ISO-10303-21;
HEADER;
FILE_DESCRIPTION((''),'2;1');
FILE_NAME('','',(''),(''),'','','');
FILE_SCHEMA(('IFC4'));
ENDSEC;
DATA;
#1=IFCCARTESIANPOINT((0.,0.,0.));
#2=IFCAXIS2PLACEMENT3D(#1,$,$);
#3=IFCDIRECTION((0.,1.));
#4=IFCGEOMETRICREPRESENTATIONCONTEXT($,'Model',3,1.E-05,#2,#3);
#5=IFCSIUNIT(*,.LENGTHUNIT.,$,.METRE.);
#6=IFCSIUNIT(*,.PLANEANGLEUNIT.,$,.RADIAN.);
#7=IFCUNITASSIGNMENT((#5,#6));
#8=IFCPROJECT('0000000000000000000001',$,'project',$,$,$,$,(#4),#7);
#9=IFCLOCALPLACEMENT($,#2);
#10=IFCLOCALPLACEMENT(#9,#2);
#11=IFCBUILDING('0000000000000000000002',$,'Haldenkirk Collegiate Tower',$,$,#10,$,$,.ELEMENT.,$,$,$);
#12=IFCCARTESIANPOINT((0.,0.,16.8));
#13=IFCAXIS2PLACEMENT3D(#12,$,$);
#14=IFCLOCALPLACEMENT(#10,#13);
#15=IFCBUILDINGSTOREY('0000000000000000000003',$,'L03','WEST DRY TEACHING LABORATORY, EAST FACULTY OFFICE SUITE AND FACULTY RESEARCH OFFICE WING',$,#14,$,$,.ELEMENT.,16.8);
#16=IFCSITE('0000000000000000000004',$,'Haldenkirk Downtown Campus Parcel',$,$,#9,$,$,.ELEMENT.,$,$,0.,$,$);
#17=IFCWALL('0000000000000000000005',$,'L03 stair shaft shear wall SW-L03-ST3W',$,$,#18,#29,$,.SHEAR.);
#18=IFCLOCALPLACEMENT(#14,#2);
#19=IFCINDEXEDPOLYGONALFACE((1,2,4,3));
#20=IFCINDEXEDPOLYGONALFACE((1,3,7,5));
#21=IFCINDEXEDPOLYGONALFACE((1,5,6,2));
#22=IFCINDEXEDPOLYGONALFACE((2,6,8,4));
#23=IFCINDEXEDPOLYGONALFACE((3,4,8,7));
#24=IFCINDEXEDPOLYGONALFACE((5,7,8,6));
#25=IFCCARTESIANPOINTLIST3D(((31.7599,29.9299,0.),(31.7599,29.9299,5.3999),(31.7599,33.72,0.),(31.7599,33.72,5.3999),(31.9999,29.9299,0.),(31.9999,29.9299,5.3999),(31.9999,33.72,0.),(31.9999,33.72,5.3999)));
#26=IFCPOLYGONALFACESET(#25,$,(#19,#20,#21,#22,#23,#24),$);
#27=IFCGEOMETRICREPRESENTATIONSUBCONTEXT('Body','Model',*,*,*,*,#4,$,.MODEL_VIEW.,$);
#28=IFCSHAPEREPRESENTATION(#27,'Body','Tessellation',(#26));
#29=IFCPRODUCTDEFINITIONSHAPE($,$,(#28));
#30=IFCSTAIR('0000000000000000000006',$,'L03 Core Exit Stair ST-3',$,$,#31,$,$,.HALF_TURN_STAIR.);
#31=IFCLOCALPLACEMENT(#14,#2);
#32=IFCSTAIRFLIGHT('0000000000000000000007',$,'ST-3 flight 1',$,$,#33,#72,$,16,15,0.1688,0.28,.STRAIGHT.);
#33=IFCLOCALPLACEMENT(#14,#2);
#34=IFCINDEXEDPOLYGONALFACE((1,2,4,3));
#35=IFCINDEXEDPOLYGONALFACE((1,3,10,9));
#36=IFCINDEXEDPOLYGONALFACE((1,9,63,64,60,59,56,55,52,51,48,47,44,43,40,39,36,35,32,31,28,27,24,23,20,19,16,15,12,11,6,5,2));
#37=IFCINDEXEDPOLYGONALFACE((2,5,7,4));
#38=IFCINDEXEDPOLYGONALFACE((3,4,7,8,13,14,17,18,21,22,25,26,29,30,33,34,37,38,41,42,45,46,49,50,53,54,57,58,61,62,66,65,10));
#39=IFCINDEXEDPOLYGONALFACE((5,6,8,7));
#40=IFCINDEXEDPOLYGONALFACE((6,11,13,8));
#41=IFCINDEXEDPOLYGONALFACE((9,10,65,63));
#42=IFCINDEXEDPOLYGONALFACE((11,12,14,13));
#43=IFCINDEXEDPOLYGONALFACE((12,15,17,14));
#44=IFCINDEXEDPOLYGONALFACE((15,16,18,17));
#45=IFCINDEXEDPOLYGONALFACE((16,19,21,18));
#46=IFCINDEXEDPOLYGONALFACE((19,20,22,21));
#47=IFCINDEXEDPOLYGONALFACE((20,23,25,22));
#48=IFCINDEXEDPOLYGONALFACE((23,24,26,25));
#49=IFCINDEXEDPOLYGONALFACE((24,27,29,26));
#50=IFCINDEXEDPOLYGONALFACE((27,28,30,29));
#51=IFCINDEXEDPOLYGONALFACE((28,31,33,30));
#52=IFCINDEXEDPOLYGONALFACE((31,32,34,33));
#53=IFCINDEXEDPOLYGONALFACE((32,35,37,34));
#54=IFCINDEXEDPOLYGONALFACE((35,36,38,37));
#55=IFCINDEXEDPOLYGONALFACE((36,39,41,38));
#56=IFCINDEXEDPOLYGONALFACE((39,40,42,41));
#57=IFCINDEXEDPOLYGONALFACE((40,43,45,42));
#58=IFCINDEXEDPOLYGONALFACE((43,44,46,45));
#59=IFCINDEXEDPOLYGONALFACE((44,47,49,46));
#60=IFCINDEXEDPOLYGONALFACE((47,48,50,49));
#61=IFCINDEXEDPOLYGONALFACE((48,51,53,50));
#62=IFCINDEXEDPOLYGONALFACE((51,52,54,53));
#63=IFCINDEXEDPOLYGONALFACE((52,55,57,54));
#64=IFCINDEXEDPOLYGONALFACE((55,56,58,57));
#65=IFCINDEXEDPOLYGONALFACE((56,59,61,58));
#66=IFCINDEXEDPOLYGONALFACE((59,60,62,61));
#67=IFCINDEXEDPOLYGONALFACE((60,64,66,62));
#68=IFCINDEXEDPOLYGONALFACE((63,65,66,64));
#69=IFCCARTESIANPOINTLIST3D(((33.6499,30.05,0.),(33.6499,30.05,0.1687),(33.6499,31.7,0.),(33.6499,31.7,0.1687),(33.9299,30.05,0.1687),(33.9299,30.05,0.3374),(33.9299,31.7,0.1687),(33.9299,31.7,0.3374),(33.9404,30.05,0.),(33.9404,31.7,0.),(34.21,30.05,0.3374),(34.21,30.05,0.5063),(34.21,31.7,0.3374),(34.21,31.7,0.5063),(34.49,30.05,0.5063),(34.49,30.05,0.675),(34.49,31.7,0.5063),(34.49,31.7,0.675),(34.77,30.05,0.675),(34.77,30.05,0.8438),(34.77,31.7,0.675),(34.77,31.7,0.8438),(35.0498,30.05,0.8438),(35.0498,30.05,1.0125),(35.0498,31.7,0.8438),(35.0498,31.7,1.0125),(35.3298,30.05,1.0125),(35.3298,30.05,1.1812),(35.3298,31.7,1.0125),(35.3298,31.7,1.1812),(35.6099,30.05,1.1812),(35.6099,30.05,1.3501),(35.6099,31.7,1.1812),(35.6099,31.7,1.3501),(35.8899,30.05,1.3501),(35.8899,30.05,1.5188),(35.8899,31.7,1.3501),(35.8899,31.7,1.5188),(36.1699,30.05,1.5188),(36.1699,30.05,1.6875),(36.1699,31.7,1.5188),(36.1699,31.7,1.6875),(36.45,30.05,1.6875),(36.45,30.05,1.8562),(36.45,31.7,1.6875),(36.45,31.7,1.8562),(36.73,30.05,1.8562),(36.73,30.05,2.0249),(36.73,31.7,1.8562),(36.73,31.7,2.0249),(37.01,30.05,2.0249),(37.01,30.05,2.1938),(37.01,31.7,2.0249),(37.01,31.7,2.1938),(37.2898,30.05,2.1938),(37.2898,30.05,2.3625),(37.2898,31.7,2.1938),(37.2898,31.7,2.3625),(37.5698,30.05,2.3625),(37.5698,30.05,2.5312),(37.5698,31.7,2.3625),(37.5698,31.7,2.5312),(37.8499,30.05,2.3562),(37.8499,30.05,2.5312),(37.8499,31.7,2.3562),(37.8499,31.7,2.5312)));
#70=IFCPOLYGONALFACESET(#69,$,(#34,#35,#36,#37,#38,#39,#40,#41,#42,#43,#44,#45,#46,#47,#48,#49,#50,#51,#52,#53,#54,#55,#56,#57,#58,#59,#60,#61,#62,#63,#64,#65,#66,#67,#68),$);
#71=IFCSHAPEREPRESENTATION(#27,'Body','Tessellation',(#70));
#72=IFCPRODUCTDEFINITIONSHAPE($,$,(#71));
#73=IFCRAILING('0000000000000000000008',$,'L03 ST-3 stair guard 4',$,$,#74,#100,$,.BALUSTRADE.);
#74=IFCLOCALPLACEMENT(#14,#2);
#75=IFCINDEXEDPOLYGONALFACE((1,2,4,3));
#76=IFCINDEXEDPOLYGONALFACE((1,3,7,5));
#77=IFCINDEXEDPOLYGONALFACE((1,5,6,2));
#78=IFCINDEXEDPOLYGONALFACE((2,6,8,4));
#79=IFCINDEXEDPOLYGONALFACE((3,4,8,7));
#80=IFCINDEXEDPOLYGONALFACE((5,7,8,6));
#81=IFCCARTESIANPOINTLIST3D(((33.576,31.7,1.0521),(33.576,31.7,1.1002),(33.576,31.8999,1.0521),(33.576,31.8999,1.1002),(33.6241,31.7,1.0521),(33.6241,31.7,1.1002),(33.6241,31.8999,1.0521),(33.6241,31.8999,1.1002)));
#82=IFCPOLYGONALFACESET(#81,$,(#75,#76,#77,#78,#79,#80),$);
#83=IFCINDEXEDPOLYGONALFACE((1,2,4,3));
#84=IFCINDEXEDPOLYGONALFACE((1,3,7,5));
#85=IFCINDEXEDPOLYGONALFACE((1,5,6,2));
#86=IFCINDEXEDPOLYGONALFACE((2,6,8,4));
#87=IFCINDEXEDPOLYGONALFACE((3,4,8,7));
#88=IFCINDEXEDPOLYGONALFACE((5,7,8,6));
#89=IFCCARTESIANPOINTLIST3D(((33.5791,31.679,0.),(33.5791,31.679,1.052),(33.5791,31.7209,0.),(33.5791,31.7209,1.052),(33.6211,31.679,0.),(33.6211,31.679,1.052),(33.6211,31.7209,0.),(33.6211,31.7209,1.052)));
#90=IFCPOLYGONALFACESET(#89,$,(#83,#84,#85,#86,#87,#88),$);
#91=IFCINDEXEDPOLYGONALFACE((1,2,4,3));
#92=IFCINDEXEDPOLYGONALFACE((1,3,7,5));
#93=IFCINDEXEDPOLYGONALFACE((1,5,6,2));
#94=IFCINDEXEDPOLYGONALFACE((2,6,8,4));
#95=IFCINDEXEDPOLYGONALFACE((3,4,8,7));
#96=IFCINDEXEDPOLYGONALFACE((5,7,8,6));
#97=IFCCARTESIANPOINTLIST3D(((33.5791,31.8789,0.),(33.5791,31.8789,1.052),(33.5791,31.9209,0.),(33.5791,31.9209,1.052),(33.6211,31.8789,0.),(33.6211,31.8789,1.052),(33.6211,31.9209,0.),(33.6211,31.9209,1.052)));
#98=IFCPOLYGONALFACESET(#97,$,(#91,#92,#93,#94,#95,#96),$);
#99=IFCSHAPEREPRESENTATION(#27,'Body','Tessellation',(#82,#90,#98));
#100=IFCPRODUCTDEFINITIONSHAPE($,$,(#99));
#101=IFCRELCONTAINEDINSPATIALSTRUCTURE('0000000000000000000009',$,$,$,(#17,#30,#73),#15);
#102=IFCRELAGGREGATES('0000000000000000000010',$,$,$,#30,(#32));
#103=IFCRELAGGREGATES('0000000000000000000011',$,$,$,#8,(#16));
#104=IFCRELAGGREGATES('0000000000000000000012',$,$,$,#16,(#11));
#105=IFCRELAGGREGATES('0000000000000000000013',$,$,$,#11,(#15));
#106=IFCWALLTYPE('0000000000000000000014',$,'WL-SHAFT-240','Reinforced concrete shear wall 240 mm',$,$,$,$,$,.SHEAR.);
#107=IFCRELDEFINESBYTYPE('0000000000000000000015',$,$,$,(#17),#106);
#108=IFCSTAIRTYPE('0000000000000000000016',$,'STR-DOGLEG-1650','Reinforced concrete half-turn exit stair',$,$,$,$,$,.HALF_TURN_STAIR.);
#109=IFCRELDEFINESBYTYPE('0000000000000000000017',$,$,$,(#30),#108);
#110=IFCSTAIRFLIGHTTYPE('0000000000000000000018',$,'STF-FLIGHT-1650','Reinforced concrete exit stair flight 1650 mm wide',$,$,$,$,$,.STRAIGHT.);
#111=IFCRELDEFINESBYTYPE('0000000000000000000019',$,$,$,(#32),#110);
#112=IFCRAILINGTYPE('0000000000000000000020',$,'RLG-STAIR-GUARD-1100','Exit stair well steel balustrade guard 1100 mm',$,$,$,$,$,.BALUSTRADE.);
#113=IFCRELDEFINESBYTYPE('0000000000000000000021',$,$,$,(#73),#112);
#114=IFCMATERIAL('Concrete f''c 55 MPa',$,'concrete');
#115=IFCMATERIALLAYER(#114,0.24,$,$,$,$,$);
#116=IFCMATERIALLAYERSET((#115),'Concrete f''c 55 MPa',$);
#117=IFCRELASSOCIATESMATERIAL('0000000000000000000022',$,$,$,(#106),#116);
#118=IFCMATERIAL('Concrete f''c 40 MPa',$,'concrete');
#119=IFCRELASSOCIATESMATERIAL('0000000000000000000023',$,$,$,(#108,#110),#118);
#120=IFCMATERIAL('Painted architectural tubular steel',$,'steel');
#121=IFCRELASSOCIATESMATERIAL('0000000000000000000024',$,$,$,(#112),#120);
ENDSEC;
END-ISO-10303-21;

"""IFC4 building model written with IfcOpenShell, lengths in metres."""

from ifc_helpers import new_model, si_unit, direction, frame, frame_2d, origin, origin_2d, place, context, subcontext, project, spatial, polyline, rectangle, outline, extrude, material, layer, layer_set, type_object, element, aggregate, save


model = new_model("IFC4")

# Units and contexts
model_context = context("Model", 3, precision=1e-05, world=origin(), true_north=direction((0.0, 1.0)))
body_context = subcontext(model_context, "Body", "Model", "MODEL_VIEW")
ifc_project = project(units=[si_unit("LENGTHUNIT", "METRE"), si_unit("PLANEANGLEUNIT", "RADIAN")], contexts=[model_context])

# Site, building, storey
site_placement = place(None, origin())
site = spatial("IfcSite", under=ifc_project, at=site_placement, Name="Haldenkirk Downtown Campus Parcel", CompositionType="ELEMENT", RefElevation=0.0)
building_placement = place(site_placement, origin())
building = spatial("IfcBuilding", under=site, at=building_placement, Name="Haldenkirk Collegiate Tower", CompositionType="ELEMENT")
storey_placement = place(building_placement, frame((0.0, 0.0, 16.8)))
storey = spatial("IfcBuildingStorey", under=building, at=storey_placement, Name="L03", Description="WEST DRY TEACHING LABORATORY, EAST FACULTY OFFICE SUITE AND FACULTY RESEARCH OFFICE WING", CompositionType="ELEMENT", Elevation=16.8)

# Wall
ifc_material_1 = material(Name="Concrete f'c 55 MPa", Category="concrete")
ifc_layer_1 = layer(ifc_material_1, 0.24)
ifc_layer_set_1 = layer_set([ifc_layer_1], Name="Concrete f'c 55 MPa")
wall_type_1 = type_object("IfcWallType", Name="WL-SHAFT-240", Description="Reinforced concrete shear wall 240 mm", PredefinedType="SHEAR", material=ifc_layer_set_1)
wall_1_placement = place(storey_placement, frame((31.8799, 29.9299, 0.0), z_axis=(0.0, 0.0, 1.0), x_axis=(0.0, 1.0, 0.0)))
element("IfcWall", 1, at=wall_1_placement, inside=storey, type_object=wall_type_1, Name="L03 stair shaft shear wall SW-L03-ST3W", PredefinedType="SHEAR", context=body_context, shape_type="SweptSolid", body=[
    extrude(rectangle(XDim=3.79, YDim=0.24, at=frame_2d((1.895, 0.0))), origin(), (0.0, 0.0, 1.0), 5.3999),
])

# Stair, stair flight
ifc_material_2 = material(Name="Concrete f'c 40 MPa", Category="concrete")
stair_type = type_object("IfcStairType", Name="STR-DOGLEG-1650", Description="Reinforced concrete half-turn exit stair", PredefinedType="HALF_TURN_STAIR", material=ifc_material_2)
stair_placement = place(storey_placement, origin())
stair = element("IfcStair", 2, at=stair_placement, inside=storey, type_object=stair_type, Name="L03 Core Exit Stair ST-3", PredefinedType="HALF_TURN_STAIR")
stair_flight_type = type_object("IfcStairFlightType", Name="STF-FLIGHT-1650", Description="Reinforced concrete exit stair flight 1650 mm wide", PredefinedType="STRAIGHT", material=ifc_material_2)
stair_flight_placement = place(storey_placement, frame((33.6499, 30.875, 0.0), z_axis=(0.0, 0.0, 1.0), x_axis=(1.0, 0.0, 0.0)))
stair_flight = element("IfcStairFlight", 3, at=stair_flight_placement, type_object=stair_flight_type, Name="ST-3 flight 1", NumberOfRisers=16, NumberOfTreads=15, PredefinedType="STRAIGHT", RiserHeight=0.1688, TreadLength=0.28, context=body_context, shape_type="SweptSolid", body=[
    extrude(outline(polyline([(0.0, 0.0), (0.0, 0.1687), (0.28, 0.1687), (0.28, 0.3374), (0.5601, 0.3374), (0.5601, 0.5063), (0.8401, 0.5063), (0.8401, 0.675), (1.1201, 0.675), (1.1201, 0.8438), (1.3999, 0.8438), (1.3999, 1.0125), (1.6799, 1.0125), (1.6799, 1.1812), (1.96, 1.1812), (1.96, 1.3501), (2.24, 1.3501), (2.24, 1.5188), (2.52, 1.5188), (2.52, 1.6875), (2.8, 1.6875), (2.8, 1.8562), (3.0801, 1.8562), (3.0801, 2.0249), (3.3601, 2.0249), (3.3601, 2.1938), (3.6399, 2.1938), (3.6399, 2.3625), (3.9199, 2.3625), (3.9199, 2.5312), (4.2, 2.5312), (4.2, 2.7), (4.2, 2.3562), (0.2905, 0.0), (0.0, 0.0)])), frame((0.0, 0.825, 0.0), z_axis=(0.0, -1.0, 0.0), x_axis=(1.0, 0.0, 0.0)), (0.0, 0.0, 1.0), 1.6499),
])
aggregate(stair, [stair_flight])

# Railing
ifc_material_3 = material(Name="Painted architectural tubular steel", Category="steel")
railing_type = type_object("IfcRailingType", Name="RLG-STAIR-GUARD-1100", Description="Exit stair well steel balustrade guard 1100 mm", PredefinedType="BALUSTRADE", material=ifc_material_3)
railing_placement = place(storey_placement, frame((33.6001, 31.7, 0.0)))
element("IfcRailing", 4, at=railing_placement, inside=storey, type_object=railing_type, Name="L03 ST-3 stair guard 4", PredefinedType="BALUSTRADE", context=body_context, shape_type="SweptSolid", body=[
    extrude(rectangle(XDim=0.0481, YDim=0.0481, at=origin_2d()), frame((0.0, 0.0, 1.0762), z_axis=(0.0, 1.0, 0.0), x_axis=(-1.0, 0.0, 0.0)), (0.0, 0.0, 1.0), 0.2),
    extrude(rectangle(XDim=0.042, YDim=0.042, at=origin_2d()), origin(), (0.0, 0.0, 1.0), 1.052),
    extrude(rectangle(XDim=0.042, YDim=0.042, at=origin_2d()), frame((0.0, 0.2, 0.0)), (0.0, 0.0, 1.0), 1.052),
])

save(model, "model.ifc")
